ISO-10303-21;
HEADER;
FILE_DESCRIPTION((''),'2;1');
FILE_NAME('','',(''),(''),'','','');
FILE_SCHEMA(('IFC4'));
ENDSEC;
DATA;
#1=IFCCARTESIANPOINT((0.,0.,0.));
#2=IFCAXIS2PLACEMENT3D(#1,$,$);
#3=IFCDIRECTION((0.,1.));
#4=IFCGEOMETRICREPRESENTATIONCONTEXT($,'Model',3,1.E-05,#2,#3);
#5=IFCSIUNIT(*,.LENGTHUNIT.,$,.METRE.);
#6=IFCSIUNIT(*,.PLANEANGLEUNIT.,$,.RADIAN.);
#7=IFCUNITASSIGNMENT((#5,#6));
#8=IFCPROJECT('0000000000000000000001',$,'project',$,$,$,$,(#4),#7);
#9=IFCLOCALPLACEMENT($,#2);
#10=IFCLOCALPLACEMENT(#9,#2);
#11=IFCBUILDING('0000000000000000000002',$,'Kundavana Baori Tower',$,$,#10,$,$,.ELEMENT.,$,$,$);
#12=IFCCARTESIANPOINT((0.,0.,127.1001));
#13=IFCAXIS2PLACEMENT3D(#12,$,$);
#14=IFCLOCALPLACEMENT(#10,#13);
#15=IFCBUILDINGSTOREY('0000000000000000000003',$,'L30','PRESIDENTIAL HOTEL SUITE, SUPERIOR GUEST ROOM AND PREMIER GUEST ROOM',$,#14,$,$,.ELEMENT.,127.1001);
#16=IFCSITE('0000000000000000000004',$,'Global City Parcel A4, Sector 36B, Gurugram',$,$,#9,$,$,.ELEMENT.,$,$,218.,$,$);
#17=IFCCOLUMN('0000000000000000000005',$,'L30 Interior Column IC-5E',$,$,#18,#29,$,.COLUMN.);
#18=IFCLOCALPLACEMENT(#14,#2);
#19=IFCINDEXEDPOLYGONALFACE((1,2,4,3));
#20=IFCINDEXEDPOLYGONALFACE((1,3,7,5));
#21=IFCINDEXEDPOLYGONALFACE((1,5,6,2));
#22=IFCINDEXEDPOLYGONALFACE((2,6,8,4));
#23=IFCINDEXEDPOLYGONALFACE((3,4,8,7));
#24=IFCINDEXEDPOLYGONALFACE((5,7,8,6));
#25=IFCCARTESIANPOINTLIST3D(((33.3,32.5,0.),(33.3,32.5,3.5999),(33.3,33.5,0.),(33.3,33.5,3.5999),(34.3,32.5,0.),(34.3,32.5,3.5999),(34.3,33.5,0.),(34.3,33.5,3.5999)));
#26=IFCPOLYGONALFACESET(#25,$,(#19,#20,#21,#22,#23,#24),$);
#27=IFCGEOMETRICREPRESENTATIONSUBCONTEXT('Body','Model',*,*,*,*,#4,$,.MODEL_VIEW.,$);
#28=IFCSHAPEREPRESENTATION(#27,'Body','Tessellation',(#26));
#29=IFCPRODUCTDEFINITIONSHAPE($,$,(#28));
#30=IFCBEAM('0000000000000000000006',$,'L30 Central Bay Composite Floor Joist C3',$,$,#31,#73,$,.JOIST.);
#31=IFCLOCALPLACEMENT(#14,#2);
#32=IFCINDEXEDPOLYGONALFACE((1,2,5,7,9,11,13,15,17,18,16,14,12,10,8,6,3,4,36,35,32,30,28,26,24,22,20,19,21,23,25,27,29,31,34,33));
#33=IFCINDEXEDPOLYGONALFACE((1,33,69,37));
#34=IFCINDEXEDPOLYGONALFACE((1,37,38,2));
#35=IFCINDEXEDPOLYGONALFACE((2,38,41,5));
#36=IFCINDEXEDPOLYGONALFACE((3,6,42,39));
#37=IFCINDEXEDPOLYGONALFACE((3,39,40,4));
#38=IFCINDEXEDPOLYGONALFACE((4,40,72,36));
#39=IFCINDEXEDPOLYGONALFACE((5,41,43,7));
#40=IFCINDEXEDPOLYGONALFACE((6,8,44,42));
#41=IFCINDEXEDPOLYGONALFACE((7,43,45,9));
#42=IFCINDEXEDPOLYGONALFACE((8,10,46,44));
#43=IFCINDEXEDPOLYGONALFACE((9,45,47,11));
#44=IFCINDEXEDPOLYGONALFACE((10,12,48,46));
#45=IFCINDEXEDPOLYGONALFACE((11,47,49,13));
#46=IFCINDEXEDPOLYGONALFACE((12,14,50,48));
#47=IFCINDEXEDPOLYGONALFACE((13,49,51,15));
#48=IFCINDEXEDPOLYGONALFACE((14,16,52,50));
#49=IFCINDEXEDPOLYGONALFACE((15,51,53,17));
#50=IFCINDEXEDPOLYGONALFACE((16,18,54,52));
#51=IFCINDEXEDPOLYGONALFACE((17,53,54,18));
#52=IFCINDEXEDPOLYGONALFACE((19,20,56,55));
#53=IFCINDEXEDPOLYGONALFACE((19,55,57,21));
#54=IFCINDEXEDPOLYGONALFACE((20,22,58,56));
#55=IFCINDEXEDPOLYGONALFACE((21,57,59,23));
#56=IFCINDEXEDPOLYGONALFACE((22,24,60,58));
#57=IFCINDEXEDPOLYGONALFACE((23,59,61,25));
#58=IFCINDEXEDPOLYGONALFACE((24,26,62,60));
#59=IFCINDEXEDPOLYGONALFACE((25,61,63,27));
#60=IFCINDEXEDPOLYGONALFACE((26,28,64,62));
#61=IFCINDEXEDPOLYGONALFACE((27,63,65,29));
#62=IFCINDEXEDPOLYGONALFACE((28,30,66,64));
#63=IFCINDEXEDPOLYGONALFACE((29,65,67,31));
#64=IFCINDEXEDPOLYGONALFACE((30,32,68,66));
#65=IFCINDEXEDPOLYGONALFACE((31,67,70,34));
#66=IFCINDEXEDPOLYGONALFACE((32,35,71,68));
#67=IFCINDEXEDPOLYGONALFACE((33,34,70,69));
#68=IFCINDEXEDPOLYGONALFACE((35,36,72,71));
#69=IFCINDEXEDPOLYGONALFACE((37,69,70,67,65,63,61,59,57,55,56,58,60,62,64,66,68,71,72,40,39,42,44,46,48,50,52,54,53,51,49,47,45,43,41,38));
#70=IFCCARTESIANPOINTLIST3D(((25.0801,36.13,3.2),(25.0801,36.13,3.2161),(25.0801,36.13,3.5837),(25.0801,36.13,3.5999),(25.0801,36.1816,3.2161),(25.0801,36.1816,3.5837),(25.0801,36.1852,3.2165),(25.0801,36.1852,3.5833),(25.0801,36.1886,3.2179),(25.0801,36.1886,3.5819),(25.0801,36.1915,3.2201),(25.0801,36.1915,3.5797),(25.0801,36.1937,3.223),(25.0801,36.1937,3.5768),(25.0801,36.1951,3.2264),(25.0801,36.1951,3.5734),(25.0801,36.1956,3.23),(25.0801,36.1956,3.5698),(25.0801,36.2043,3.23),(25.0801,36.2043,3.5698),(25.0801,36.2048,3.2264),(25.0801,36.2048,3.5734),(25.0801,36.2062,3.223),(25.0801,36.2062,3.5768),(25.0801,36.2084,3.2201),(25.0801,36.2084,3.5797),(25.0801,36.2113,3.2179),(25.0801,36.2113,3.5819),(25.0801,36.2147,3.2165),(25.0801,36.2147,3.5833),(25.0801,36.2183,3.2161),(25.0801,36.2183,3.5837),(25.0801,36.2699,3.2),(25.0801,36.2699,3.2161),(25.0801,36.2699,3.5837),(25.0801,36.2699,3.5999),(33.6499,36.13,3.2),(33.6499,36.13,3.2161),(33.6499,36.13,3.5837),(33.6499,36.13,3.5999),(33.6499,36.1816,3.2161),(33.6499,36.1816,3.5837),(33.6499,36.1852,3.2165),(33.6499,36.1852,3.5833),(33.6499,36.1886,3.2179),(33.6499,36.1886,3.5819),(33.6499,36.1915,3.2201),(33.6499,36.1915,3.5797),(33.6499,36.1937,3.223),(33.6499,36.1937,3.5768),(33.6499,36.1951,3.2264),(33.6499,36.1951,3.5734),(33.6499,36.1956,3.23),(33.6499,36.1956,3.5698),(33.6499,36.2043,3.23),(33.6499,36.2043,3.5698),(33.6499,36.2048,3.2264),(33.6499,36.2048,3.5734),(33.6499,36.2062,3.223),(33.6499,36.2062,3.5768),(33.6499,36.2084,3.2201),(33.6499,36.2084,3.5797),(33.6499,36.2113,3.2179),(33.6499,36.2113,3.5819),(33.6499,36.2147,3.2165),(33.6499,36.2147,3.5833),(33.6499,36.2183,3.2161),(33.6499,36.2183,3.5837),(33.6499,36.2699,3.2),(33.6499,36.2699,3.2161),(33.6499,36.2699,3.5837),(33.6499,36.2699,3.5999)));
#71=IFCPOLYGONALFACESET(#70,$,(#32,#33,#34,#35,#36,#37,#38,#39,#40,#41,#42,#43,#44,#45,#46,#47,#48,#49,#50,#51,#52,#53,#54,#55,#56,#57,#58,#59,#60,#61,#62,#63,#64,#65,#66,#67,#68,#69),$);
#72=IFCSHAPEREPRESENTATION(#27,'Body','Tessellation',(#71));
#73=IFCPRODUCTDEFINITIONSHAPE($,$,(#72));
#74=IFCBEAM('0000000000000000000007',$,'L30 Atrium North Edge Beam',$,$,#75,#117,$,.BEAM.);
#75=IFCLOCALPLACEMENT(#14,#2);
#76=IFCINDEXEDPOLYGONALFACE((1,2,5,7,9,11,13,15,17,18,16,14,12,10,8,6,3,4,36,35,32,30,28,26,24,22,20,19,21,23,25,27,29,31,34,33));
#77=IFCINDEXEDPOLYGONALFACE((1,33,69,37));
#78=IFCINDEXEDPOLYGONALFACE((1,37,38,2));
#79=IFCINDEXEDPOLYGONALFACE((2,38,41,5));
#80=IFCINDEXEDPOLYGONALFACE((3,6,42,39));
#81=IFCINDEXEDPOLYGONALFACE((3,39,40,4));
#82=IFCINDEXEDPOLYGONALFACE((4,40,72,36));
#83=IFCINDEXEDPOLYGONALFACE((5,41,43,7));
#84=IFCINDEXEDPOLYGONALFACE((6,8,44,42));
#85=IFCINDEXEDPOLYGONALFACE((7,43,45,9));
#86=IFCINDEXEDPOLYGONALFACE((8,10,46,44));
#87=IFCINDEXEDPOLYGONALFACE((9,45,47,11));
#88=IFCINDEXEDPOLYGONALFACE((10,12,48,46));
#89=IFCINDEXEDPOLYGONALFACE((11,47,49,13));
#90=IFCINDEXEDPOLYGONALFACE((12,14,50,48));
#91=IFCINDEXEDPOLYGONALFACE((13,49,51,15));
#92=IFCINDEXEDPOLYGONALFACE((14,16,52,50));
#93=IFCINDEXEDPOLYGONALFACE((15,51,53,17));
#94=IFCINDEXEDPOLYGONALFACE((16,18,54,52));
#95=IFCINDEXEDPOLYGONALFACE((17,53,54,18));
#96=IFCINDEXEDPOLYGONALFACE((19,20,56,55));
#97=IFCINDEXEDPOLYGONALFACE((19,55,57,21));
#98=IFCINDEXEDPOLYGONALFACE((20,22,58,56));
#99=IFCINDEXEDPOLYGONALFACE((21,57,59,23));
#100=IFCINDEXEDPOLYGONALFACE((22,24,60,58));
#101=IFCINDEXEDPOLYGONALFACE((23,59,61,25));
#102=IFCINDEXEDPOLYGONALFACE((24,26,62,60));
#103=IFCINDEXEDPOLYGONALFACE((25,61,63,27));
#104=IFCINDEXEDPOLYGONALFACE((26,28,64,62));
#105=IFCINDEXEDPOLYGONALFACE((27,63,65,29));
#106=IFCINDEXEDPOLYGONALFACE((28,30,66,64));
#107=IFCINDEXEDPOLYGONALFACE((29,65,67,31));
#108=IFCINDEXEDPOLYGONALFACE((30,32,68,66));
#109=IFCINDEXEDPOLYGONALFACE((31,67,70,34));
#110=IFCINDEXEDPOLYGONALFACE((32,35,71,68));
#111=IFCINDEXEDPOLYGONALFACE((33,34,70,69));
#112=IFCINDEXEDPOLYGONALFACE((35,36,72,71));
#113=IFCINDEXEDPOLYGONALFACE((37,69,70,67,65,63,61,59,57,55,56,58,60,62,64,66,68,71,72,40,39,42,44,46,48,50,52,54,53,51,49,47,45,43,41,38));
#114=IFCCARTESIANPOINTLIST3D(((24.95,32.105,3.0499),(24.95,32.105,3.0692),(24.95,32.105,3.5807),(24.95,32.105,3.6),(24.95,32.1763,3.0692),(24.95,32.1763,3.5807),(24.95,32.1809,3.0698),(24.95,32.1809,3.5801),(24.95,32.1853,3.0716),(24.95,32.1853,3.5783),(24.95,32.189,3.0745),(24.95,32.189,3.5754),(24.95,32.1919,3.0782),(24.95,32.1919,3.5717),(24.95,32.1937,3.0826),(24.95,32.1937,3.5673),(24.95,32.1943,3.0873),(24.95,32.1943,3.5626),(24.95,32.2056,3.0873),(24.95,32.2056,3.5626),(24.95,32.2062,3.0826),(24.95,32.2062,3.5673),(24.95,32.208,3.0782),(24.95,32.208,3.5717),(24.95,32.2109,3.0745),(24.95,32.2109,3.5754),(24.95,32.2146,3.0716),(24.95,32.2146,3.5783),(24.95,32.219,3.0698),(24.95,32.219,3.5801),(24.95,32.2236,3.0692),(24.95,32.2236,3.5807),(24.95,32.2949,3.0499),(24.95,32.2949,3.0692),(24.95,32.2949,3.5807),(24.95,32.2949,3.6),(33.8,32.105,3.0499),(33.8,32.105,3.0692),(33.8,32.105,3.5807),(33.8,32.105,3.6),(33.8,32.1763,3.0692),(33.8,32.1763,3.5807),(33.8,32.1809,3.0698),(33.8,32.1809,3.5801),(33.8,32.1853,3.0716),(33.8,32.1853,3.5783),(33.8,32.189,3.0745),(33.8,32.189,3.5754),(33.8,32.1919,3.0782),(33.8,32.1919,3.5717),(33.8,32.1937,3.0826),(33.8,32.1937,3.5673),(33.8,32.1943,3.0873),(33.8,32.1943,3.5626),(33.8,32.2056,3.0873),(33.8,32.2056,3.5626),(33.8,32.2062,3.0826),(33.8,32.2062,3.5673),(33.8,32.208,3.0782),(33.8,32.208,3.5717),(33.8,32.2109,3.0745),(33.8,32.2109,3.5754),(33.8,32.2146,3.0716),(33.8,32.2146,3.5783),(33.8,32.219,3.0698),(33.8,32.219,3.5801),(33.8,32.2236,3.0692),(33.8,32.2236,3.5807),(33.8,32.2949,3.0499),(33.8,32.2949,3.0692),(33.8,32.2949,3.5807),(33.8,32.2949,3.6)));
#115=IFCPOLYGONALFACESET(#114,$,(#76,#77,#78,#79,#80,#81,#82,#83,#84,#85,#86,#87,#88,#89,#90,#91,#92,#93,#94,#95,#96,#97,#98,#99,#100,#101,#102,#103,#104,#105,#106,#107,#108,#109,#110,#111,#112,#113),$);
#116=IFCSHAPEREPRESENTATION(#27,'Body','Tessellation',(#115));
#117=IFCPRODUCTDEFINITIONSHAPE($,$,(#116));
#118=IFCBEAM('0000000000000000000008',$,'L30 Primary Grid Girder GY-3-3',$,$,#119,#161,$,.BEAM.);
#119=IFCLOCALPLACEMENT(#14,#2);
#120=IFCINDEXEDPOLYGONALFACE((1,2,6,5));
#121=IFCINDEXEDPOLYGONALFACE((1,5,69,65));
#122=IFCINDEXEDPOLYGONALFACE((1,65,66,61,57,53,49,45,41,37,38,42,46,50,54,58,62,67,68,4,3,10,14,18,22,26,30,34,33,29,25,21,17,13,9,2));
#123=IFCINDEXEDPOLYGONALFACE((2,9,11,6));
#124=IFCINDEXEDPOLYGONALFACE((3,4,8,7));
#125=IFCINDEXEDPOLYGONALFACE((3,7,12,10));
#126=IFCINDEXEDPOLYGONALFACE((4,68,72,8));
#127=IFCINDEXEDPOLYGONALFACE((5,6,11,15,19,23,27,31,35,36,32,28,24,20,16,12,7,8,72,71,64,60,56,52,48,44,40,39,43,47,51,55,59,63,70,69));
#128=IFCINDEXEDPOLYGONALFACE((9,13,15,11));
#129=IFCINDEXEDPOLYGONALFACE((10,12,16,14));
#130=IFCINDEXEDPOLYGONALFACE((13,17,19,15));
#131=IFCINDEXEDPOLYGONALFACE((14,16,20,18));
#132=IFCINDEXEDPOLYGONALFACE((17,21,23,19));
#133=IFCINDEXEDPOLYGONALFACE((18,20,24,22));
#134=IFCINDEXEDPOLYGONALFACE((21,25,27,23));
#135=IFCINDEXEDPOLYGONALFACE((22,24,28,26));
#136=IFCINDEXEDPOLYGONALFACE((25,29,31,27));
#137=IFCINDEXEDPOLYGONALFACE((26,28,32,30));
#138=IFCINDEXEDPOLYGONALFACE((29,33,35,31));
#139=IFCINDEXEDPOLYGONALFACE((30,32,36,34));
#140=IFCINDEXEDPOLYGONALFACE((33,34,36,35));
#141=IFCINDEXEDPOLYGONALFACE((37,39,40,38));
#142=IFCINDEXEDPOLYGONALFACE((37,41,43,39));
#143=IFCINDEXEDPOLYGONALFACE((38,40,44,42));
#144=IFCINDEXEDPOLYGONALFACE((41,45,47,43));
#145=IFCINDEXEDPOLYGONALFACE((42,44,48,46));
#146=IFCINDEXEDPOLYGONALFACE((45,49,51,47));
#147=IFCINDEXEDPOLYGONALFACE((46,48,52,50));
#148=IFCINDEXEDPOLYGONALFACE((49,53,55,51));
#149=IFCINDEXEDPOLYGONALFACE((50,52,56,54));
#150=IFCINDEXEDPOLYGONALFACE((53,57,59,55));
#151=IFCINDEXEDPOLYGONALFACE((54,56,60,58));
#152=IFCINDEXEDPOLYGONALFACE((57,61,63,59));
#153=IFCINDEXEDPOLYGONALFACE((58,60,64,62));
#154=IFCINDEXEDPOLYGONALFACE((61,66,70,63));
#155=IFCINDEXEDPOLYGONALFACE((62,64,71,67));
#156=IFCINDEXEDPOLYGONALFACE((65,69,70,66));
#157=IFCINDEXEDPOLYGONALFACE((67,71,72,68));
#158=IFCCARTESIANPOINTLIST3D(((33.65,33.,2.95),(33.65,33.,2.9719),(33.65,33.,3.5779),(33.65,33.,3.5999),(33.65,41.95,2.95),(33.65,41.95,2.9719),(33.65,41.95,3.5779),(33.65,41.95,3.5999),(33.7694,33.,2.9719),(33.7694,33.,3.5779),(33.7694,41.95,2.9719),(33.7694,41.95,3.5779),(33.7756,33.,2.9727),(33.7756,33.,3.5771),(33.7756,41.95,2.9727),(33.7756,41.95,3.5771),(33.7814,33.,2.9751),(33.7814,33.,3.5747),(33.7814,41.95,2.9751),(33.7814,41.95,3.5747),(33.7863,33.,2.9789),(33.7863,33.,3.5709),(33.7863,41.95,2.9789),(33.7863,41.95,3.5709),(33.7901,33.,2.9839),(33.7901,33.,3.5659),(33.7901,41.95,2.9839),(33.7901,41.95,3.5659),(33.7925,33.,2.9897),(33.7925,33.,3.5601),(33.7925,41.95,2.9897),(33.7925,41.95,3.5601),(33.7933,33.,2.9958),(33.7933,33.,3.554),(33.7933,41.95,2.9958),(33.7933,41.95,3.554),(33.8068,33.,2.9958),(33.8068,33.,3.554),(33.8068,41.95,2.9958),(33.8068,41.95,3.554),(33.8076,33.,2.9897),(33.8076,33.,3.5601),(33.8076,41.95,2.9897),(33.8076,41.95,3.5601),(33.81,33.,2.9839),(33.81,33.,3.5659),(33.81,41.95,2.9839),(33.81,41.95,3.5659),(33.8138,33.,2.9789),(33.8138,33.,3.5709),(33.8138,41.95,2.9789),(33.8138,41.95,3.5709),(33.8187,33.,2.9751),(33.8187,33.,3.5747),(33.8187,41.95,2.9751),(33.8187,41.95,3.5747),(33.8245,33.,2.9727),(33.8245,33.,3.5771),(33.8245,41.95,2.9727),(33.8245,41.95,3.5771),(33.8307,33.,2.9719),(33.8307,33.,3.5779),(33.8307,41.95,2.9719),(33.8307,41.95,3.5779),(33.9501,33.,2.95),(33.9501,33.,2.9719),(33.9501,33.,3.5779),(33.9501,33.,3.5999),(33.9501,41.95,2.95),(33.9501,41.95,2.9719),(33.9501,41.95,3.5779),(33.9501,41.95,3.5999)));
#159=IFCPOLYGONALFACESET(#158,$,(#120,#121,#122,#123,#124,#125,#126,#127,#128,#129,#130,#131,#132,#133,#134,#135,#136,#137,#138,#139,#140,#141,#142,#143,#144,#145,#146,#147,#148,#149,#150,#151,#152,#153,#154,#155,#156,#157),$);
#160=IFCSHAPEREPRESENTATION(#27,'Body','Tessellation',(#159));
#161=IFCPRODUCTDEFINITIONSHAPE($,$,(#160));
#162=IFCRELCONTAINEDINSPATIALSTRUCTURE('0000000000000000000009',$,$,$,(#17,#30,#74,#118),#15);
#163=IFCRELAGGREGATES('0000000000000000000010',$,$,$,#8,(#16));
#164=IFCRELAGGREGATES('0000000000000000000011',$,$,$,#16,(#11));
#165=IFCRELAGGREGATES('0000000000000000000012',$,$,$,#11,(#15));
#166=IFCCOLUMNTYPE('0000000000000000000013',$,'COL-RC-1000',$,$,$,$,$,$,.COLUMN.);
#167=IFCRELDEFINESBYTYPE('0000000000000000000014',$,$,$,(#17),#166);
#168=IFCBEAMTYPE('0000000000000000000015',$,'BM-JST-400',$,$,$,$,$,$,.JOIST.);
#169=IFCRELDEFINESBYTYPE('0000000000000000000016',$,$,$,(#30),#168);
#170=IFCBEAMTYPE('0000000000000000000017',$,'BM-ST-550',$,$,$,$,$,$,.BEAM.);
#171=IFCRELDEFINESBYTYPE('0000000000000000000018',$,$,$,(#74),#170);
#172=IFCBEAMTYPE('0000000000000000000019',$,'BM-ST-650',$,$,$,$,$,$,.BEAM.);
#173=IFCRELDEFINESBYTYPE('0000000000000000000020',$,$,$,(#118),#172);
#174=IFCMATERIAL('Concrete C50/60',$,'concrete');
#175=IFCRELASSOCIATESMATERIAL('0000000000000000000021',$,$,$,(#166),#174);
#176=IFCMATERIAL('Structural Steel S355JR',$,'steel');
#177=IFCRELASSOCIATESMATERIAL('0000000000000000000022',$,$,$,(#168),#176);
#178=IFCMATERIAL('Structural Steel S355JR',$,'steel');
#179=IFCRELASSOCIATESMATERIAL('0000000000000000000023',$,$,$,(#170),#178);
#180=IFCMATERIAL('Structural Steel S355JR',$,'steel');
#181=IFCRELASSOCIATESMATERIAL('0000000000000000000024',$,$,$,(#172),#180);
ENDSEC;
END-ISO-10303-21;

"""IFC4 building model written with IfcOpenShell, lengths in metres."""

from ifc_helpers import new_model, si_unit, direction, frame, origin, origin_2d, place, context, subcontext, project, spatial, rectangle, i_section, extrude, material, material_profile, profile_set, type_object, element, save


model = new_model("IFC4")

# Units and contexts
model_context = context("Model", 3, precision=1e-05, world=origin(), true_north=direction((0.0, 1.0)))
body_context = subcontext(model_context, "Body", "Model", "MODEL_VIEW")
ifc_project = project(units=[si_unit("LENGTHUNIT", "METRE"), si_unit("PLANEANGLEUNIT", "RADIAN")], contexts=[model_context])

# Site, building, storey
site_placement = place(None, origin())
site = spatial("IfcSite", under=ifc_project, at=site_placement, Name="Global City Parcel A4, Sector 36B, Gurugram", CompositionType="ELEMENT", RefElevation=218.0)
building_placement = place(site_placement, origin())
building = spatial("IfcBuilding", under=site, at=building_placement, Name="Kundavana Baori Tower", CompositionType="ELEMENT")
storey_placement = place(building_placement, frame((0.0, 0.0, 127.1001)))
storey = spatial("IfcBuildingStorey", under=building, at=storey_placement, Name="L30", Description="PRESIDENTIAL HOTEL SUITE, SUPERIOR GUEST ROOM AND PREMIER GUEST ROOM", CompositionType="ELEMENT", Elevation=127.1001)

# Column
ifc_material_1 = material(Name="Concrete C50/60", Category="concrete")
ifc_material_profile_1 = material_profile(ifc_material_1, rectangle(XDim=1.0, YDim=1.0, at=origin_2d()), Name="RC 1000x1000")
ifc_profile_set_1 = profile_set([ifc_material_profile_1], Name="Concrete C50/60")
column_type = type_object("IfcColumnType", Name="COL-RC-1000", PredefinedType="COLUMN", material=ifc_profile_set_1)
column_placement = place(storey_placement, frame((33.8, 33.0, 0.0), z_axis=(0.0, 0.0, 1.0), x_axis=(1.0, 0.0, 0.0)))
element("IfcColumn", 1, at=column_placement, inside=storey, type_object=column_type, Name="L30 Interior Column IC-5E", PredefinedType="COLUMN", context=body_context, shape_type="SweptSolid", body=[
    extrude(rectangle(XDim=1.0, YDim=1.0, at=origin_2d()), origin(), (0.0, 0.0, 1.0), 3.5999),
])

# Beams
ifc_material_2 = material(Name="Structural Steel S355JR", Category="steel")
ifc_material_profile_2 = material_profile(ifc_material_2, i_section(OverallWidth=0.1399, OverallDepth=0.3999, WebThickness=0.0088, FlangeThickness=0.0161, FilletRadius=0.0139, at=origin_2d()), Name="ISMB 400")
ifc_profile_set_2 = profile_set([ifc_material_profile_2], Name="Structural Steel S355JR")
beam_type_1 = type_object("IfcBeamType", Name="BM-JST-400", PredefinedType="JOIST", material=ifc_profile_set_2)
beam_1_placement = place(storey_placement, frame((25.0801, 36.2, 3.3999), z_axis=(1.0, 0.0, 0.0), x_axis=(0.0, 1.0, 0.0)))
element("IfcBeam", 2, at=beam_1_placement, inside=storey, type_object=beam_type_1, Name="L30 Central Bay Composite Floor Joist C3", PredefinedType="JOIST", context=body_context, shape_type="SweptSolid", body=[
    extrude(i_section(OverallWidth=0.1399, OverallDepth=0.3999, WebThickness=0.0088, FlangeThickness=0.0161, FilletRadius=0.0139, at=origin_2d()), origin(), (0.0, 0.0, 1.0), 8.5698),
])
ifc_material_3 = material(Name="Structural Steel S355JR", Category="steel")
ifc_material_profile_3 = material_profile(ifc_material_3, i_section(OverallWidth=0.1899, OverallDepth=0.55, WebThickness=0.0112, FlangeThickness=0.0193, FilletRadius=0.0181, at=origin_2d()), Name="ISMB 550")
ifc_profile_set_3 = profile_set([ifc_material_profile_3], Name="Structural Steel S355JR")
beam_type_2 = type_object("IfcBeamType", Name="BM-ST-550", PredefinedType="BEAM", material=ifc_profile_set_3)
beam_2_placement = place(storey_placement, frame((24.95, 32.2, 3.325), z_axis=(1.0, 0.0, 0.0), x_axis=(0.0, 1.0, 0.0)))
element("IfcBeam", 3, at=beam_2_placement, inside=storey, type_object=beam_type_2, Name="L30 Atrium North Edge Beam", PredefinedType="BEAM", context=body_context, shape_type="SweptSolid", body=[
    extrude(i_section(OverallWidth=0.1899, OverallDepth=0.55, WebThickness=0.0112, FlangeThickness=0.0193, FilletRadius=0.0181, at=origin_2d()), origin(), (0.0, 0.0, 1.0), 8.8501),
])
ifc_material_4 = material(Name="Structural Steel S355JR", Category="steel")
ifc_material_profile_4 = material_profile(ifc_material_4, i_section(OverallWidth=0.3, OverallDepth=0.6499, WebThickness=0.0134, FlangeThickness=0.022, FilletRadius=0.0239, at=origin_2d()), Name="NPB 650x300x155")
ifc_profile_set_4 = profile_set([ifc_material_profile_4], Name="Structural Steel S355JR")
beam_type_3 = type_object("IfcBeamType", Name="BM-ST-650", PredefinedType="BEAM", material=ifc_profile_set_4)
beam_3_placement = place(storey_placement, frame((33.8, 33.0, 3.2749), z_axis=(0.0, 1.0, 0.0), x_axis=(-1.0, 0.0, 0.0)))
element("IfcBeam", 4, at=beam_3_placement, inside=storey, type_object=beam_type_3, Name="L30 Primary Grid Girder GY-3-3", PredefinedType="BEAM", context=body_context, shape_type="SweptSolid", body=[
    extrude(i_section(OverallWidth=0.3, OverallDepth=0.6499, WebThickness=0.0134, FlangeThickness=0.022, FilletRadius=0.0239, at=origin_2d()), origin(), (0.0, 0.0, 1.0), 8.95),
])

save(model, "model.ifc")
